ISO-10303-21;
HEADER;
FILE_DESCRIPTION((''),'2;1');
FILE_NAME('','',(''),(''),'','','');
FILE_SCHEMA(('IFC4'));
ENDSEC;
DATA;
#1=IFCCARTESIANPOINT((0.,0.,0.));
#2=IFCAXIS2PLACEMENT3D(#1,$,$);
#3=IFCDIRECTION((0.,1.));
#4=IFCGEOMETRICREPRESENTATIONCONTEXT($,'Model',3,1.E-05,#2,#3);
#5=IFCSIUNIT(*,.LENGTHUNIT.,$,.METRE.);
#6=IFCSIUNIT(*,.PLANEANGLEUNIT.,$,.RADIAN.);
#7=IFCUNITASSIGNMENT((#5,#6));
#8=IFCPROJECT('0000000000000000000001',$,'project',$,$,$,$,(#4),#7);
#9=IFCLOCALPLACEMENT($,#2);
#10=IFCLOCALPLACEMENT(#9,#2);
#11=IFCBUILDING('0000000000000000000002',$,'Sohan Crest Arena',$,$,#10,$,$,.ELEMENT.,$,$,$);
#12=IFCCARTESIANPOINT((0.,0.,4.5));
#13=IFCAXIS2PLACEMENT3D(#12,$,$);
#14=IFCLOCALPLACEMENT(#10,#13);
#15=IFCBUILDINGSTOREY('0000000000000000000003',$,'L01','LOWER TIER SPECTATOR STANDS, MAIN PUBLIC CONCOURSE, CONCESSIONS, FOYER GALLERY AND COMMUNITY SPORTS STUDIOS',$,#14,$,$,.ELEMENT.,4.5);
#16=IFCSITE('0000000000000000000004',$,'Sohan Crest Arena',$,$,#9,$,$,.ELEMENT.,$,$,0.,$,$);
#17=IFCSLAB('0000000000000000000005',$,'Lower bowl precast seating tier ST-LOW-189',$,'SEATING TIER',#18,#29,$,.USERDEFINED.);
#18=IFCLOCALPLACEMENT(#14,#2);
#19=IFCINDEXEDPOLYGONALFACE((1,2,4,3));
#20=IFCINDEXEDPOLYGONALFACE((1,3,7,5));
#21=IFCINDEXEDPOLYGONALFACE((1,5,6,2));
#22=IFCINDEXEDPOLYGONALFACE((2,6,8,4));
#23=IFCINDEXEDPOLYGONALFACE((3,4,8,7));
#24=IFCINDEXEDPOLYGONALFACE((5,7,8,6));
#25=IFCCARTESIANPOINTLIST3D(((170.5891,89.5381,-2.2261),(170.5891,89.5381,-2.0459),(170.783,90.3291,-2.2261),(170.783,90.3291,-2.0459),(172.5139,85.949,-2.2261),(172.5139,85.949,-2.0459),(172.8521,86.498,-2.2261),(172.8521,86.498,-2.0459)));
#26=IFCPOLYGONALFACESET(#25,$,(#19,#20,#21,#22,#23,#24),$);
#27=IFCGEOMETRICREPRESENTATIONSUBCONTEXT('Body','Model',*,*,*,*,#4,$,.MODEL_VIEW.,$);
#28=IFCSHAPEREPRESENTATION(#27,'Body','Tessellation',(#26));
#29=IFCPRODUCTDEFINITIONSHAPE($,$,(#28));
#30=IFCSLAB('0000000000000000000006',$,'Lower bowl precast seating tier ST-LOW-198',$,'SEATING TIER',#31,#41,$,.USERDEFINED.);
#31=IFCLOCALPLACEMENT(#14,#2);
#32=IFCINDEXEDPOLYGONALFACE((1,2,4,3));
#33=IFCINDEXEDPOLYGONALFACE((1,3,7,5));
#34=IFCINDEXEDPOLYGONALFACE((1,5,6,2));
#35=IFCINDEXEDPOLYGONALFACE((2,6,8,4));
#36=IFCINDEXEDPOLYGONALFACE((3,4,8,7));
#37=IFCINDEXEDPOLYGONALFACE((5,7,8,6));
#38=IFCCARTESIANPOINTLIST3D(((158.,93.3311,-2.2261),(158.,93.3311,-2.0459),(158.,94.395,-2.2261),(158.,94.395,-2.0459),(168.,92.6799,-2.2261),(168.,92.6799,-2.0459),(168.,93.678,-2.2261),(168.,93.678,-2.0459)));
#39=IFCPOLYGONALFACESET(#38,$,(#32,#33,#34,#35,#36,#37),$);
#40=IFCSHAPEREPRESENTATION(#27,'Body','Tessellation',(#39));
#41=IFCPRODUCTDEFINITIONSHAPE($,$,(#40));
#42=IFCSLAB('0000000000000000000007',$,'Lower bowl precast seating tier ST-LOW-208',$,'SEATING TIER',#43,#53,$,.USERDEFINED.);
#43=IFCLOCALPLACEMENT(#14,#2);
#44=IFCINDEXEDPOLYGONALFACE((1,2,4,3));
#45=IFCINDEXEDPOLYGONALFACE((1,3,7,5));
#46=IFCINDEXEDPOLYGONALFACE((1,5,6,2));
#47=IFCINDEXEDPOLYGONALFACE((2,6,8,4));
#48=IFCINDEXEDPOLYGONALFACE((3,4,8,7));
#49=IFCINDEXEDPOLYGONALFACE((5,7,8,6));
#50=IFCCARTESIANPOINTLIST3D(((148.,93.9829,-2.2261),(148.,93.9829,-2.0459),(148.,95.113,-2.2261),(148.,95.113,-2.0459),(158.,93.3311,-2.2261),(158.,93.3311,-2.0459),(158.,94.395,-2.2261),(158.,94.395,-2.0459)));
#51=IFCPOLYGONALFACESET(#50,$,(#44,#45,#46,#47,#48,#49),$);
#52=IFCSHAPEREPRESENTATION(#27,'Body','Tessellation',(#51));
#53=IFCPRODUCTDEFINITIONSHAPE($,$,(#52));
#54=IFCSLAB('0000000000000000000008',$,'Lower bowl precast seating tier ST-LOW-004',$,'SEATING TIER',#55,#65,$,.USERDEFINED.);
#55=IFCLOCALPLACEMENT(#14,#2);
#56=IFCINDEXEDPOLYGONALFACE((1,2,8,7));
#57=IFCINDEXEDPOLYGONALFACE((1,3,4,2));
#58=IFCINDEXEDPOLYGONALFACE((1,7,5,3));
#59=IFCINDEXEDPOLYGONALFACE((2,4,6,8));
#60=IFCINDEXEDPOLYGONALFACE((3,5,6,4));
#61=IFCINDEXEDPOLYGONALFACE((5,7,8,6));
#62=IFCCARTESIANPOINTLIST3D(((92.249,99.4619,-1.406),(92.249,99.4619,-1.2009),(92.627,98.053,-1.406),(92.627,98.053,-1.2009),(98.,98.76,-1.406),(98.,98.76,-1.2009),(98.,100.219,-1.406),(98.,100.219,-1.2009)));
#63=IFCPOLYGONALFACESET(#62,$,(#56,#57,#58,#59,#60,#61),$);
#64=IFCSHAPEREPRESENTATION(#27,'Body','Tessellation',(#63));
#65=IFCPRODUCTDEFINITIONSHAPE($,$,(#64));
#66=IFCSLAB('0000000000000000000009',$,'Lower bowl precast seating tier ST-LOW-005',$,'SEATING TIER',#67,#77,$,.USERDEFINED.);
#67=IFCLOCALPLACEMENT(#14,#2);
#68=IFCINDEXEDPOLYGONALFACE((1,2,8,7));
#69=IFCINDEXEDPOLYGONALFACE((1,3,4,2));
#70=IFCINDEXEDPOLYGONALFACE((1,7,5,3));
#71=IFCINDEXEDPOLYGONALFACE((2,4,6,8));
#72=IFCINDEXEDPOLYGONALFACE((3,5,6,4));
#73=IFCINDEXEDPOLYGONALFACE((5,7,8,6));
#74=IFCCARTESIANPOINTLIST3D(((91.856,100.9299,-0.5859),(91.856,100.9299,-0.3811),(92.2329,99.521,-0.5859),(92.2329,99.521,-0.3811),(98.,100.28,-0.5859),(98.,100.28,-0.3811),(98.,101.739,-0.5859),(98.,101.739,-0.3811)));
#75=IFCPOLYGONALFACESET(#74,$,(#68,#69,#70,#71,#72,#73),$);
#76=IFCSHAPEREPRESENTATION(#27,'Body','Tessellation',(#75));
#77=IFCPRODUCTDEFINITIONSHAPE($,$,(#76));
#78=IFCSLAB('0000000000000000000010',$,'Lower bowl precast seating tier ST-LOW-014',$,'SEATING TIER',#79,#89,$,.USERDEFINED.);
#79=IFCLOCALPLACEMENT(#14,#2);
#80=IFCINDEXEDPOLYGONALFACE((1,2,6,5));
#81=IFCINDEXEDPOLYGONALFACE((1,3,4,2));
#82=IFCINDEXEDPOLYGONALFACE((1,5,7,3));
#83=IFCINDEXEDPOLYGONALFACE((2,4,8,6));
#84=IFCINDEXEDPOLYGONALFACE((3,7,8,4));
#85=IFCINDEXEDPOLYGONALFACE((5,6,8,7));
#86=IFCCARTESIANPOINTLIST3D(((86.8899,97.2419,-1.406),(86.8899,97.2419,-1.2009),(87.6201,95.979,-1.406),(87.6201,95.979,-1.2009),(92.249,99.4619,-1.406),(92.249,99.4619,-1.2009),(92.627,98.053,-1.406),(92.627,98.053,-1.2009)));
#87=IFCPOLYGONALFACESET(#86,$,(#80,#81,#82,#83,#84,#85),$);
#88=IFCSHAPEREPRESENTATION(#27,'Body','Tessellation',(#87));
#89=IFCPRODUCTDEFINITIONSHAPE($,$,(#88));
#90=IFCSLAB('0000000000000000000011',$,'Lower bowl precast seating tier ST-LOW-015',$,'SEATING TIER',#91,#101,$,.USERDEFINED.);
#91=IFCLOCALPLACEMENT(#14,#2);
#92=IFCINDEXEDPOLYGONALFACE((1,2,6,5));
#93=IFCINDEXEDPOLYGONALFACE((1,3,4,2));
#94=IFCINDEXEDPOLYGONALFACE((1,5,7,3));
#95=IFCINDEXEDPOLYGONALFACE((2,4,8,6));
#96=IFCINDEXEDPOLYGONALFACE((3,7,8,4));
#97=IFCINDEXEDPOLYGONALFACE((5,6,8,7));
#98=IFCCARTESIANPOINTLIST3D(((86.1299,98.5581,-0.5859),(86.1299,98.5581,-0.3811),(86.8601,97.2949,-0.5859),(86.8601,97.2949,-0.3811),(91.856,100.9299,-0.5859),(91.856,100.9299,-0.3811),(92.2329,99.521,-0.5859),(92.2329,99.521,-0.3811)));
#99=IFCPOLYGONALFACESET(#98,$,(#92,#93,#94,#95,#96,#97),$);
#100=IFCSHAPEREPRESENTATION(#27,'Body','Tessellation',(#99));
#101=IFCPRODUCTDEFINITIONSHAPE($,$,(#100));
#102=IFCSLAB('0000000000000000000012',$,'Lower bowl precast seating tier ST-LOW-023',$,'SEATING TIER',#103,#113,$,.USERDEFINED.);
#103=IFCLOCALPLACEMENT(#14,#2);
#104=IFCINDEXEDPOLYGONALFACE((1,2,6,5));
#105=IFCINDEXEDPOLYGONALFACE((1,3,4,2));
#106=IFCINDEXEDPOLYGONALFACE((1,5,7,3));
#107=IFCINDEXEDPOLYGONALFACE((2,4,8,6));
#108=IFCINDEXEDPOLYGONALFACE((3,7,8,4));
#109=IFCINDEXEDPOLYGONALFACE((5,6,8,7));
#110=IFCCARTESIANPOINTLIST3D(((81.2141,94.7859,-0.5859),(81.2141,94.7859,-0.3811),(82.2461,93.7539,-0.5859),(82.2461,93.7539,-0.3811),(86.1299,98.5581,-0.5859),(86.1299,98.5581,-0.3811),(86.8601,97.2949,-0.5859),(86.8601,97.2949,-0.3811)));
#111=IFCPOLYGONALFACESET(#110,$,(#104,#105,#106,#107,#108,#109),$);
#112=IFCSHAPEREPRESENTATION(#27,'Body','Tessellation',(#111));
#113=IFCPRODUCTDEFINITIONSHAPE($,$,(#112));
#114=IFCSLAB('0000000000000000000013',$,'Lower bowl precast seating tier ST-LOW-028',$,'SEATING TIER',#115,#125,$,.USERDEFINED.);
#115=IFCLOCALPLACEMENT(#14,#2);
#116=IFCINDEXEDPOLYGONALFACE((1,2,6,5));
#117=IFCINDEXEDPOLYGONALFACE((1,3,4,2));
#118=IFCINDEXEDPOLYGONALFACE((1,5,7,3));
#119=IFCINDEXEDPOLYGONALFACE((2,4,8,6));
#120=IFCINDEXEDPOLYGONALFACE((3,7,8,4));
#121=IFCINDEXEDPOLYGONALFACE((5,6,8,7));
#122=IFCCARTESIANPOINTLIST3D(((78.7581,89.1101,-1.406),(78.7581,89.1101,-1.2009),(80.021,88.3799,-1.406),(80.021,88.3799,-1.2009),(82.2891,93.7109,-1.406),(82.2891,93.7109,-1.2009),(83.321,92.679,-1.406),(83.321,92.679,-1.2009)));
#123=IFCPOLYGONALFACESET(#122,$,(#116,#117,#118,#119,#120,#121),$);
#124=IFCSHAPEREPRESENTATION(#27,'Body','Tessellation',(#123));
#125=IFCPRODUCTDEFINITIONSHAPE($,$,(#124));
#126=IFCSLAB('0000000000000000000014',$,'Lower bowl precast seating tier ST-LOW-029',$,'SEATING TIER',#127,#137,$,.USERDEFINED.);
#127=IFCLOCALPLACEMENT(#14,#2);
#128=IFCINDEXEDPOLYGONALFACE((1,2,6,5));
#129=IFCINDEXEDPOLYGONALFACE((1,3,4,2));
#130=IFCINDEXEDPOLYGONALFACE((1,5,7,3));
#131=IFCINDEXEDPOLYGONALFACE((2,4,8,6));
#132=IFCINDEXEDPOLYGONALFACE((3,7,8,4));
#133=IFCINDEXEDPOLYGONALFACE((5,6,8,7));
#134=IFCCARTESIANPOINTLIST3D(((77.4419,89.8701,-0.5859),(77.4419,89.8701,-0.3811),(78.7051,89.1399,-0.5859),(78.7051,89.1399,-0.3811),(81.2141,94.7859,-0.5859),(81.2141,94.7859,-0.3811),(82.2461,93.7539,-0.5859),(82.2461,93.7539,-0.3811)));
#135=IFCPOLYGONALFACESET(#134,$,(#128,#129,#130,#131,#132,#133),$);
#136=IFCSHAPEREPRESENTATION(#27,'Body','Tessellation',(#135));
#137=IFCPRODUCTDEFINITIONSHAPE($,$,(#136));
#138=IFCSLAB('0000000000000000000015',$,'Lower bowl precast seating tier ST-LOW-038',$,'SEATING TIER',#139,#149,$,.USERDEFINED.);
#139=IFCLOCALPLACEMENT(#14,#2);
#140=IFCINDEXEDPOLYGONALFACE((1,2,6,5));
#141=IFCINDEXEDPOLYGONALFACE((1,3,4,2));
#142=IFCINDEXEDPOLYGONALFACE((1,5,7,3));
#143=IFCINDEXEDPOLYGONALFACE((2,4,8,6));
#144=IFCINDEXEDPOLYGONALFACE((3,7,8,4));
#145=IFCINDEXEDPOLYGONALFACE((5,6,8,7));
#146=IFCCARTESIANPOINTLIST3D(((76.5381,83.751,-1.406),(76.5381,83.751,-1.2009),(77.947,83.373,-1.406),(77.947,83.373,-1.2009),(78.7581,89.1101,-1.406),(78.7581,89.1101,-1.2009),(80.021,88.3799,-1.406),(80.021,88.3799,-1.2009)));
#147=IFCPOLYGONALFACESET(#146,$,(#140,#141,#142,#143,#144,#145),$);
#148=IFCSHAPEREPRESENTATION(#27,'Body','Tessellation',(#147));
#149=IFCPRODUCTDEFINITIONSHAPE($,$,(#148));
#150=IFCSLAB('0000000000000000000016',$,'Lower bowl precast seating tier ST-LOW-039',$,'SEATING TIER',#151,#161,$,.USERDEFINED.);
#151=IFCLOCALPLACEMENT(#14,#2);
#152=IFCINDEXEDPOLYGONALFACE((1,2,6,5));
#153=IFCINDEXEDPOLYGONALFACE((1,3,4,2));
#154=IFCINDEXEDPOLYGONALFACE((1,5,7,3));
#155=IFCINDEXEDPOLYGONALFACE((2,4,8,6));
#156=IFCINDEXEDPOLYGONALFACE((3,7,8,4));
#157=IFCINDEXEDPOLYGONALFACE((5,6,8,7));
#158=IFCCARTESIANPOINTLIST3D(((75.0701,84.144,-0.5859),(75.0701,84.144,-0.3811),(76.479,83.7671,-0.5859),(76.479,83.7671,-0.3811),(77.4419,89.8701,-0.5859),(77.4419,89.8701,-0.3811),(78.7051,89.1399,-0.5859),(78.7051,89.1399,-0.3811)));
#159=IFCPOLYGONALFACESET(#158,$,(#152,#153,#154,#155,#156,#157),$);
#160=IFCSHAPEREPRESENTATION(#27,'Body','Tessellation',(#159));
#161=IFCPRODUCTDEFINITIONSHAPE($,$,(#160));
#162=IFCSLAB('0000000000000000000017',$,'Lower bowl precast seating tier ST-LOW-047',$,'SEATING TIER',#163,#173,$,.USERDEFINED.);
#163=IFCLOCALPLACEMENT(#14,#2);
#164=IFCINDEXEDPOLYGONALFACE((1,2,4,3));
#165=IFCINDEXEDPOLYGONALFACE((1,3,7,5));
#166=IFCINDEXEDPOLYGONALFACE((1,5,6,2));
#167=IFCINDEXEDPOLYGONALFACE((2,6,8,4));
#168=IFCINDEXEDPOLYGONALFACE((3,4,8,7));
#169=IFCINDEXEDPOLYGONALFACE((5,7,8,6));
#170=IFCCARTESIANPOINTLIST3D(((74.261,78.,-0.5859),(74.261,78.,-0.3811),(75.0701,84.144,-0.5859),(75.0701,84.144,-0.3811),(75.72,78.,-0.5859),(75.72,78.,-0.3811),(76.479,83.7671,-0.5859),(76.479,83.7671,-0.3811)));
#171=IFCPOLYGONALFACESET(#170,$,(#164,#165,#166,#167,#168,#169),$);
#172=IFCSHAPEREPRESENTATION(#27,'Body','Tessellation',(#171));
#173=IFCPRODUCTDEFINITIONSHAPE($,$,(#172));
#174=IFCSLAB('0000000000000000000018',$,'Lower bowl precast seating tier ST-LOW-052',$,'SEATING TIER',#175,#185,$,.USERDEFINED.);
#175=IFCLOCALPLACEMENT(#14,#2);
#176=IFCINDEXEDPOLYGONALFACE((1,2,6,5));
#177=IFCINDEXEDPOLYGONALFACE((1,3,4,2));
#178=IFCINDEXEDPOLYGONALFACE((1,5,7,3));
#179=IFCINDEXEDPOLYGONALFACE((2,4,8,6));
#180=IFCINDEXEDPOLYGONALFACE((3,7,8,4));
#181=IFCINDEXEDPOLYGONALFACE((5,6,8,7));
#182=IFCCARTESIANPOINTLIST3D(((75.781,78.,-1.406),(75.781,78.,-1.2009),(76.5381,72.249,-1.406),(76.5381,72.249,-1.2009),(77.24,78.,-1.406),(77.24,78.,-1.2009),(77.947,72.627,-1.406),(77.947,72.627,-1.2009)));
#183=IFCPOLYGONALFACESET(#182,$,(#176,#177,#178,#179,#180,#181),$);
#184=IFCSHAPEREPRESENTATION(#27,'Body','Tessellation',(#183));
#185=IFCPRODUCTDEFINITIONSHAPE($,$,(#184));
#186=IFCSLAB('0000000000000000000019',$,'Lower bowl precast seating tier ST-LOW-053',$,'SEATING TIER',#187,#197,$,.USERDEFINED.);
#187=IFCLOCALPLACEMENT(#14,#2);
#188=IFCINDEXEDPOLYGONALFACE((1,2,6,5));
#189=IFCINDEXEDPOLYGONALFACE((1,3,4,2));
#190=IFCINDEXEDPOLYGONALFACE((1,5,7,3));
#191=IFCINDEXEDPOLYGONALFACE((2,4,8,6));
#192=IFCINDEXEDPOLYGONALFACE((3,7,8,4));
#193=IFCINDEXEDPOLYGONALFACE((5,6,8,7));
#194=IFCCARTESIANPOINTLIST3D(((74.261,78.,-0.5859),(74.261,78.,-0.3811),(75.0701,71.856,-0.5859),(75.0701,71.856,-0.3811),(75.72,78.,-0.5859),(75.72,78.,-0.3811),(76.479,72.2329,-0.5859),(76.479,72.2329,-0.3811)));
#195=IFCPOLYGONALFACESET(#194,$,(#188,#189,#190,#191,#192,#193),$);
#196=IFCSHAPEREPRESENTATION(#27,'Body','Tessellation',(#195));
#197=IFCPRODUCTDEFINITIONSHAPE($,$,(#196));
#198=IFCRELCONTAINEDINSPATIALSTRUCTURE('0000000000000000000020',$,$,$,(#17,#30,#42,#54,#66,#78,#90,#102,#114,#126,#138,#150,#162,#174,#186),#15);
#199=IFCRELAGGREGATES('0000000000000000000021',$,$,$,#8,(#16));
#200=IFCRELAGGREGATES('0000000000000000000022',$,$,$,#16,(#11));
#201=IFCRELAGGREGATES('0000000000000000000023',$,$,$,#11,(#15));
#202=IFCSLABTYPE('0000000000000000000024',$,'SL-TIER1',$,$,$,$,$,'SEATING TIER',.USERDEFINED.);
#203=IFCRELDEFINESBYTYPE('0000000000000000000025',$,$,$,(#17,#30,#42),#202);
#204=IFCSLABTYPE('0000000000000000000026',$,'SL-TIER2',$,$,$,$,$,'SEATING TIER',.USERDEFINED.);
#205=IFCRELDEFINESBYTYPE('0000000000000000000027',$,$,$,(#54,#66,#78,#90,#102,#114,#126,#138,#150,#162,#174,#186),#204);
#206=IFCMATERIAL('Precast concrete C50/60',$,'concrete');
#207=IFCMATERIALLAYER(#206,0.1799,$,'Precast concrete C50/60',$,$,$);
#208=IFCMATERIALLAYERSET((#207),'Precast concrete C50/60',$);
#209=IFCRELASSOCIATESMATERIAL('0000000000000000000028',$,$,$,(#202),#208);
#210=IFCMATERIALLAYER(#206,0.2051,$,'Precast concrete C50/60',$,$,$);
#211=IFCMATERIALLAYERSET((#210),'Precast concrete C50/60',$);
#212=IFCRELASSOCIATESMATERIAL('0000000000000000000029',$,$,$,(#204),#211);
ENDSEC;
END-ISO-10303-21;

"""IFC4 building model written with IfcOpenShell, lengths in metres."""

from ifc_helpers import new_model, si_unit, direction, frame, origin, place, context, subcontext, project, spatial, polyline, outline, extrude, material, layer, layer_set, type_object, element, save


model = new_model("IFC4")

# Units and contexts
model_context = context("Model", 3, precision=1e-05, world=origin(), true_north=direction((0.0, 1.0)))
body_context = subcontext(model_context, "Body", "Model", "MODEL_VIEW")
ifc_project = project(units=[si_unit("LENGTHUNIT", "METRE"), si_unit("PLANEANGLEUNIT", "RADIAN")], contexts=[model_context])

# Site, building, storey
site_placement = place(None, origin())
site = spatial("IfcSite", under=ifc_project, at=site_placement, Name="Sohan Crest Arena", CompositionType="ELEMENT", RefElevation=0.0)
building_placement = place(site_placement, origin())
building = spatial("IfcBuilding", under=site, at=building_placement, Name="Sohan Crest Arena", CompositionType="ELEMENT")
storey_placement = place(building_placement, frame((0.0, 0.0, 4.5)))
storey = spatial("IfcBuildingStorey", under=building, at=storey_placement, Name="L01", Description="LOWER TIER SPECTATOR STANDS, MAIN PUBLIC CONCOURSE, CONCESSIONS, FOYER GALLERY AND COMMUNITY SPORTS STUDIOS", CompositionType="ELEMENT", Elevation=4.5)

# Slabs
ifc_material = material(Name="Precast concrete C50/60", Category="concrete")
ifc_layer_1 = layer(ifc_material, 0.1799, Name="Precast concrete C50/60")
ifc_layer_set_1 = layer_set([ifc_layer_1], Name="Precast concrete C50/60")
slab_type_1 = type_object("IfcSlabType", Name="SL-TIER1", ElementType="SEATING TIER", PredefinedType="USERDEFINED", material=ifc_layer_set_1)
slab_1_placement = place(storey_placement, frame((0.0, 0.0, -2.2261)))
element("IfcSlab", 1, at=slab_1_placement, inside=storey, type_object=slab_type_1, Name="Lower bowl precast seating tier ST-LOW-189", ObjectType="SEATING TIER", PredefinedType="USERDEFINED", context=body_context, shape_type="SweptSolid", body=[
    extrude(outline(polyline([(172.5139, 85.949), (170.5891, 89.5381), (170.783, 90.3291), (172.8521, 86.498), (172.5139, 85.949)])), origin(), (0.0, 0.0, 1.0), 0.1802),
])
slab_2_placement = place(storey_placement, frame((0.0, 0.0, -2.2261)))
element("IfcSlab", 2, at=slab_2_placement, inside=storey, type_object=slab_type_1, Name="Lower bowl precast seating tier ST-LOW-198", ObjectType="SEATING TIER", PredefinedType="USERDEFINED", context=body_context, shape_type="SweptSolid", body=[
    extrude(outline(polyline([(168.0, 92.6799), (158.0, 93.3311), (158.0, 94.395), (168.0, 93.678), (168.0, 92.6799)])), origin(), (0.0, 0.0, 1.0), 0.1802),
])
slab_3_placement = place(storey_placement, frame((0.0, 0.0, -2.2261)))
element("IfcSlab", 3, at=slab_3_placement, inside=storey, type_object=slab_type_1, Name="Lower bowl precast seating tier ST-LOW-208", ObjectType="SEATING TIER", PredefinedType="USERDEFINED", context=body_context, shape_type="SweptSolid", body=[
    extrude(outline(polyline([(158.0, 93.3311), (148.0, 93.9829), (148.0, 95.113), (158.0, 94.395), (158.0, 93.3311)])), origin(), (0.0, 0.0, 1.0), 0.1802),
])
ifc_layer_2 = layer(ifc_material, 0.2051, Name="Precast concrete C50/60")
ifc_layer_set_2 = layer_set([ifc_layer_2], Name="Precast concrete C50/60")
slab_type_2 = type_object("IfcSlabType", Name="SL-TIER2", ElementType="SEATING TIER", PredefinedType="USERDEFINED", material=ifc_layer_set_2)
slab_4_placement = place(storey_placement, frame((0.0, 0.0, -1.406)))
element("IfcSlab", 4, at=slab_4_placement, inside=storey, type_object=slab_type_2, Name="Lower bowl precast seating tier ST-LOW-004", ObjectType="SEATING TIER", PredefinedType="USERDEFINED", context=body_context, shape_type="SweptSolid", body=[
    extrude(outline(polyline([(98.0, 98.76), (92.627, 98.053), (92.249, 99.4619), (98.0, 100.219), (98.0, 98.76)])), origin(), (0.0, 0.0, 1.0), 0.2051),
])
slab_5_placement = place(storey_placement, frame((0.0, 0.0, -0.5859)))
element("IfcSlab", 5, at=slab_5_placement, inside=storey, type_object=slab_type_2, Name="Lower bowl precast seating tier ST-LOW-005", ObjectType="SEATING TIER", PredefinedType="USERDEFINED", context=body_context, shape_type="SweptSolid", body=[
    extrude(outline(polyline([(98.0, 100.28), (92.2329, 99.521), (91.856, 100.9299), (98.0, 101.739), (98.0, 100.28)])), origin(), (0.0, 0.0, 1.0), 0.2048),
])
slab_6_placement = place(storey_placement, frame((0.0, 0.0, -1.406)))
element("IfcSlab", 6, at=slab_6_placement, inside=storey, type_object=slab_type_2, Name="Lower bowl precast seating tier ST-LOW-014", ObjectType="SEATING TIER", PredefinedType="USERDEFINED", context=body_context, shape_type="SweptSolid", body=[
    extrude(outline(polyline([(92.627, 98.053), (87.6201, 95.979), (86.8899, 97.2419), (92.249, 99.4619), (92.627, 98.053)])), origin(), (0.0, 0.0, 1.0), 0.2051),
])
slab_7_placement = place(storey_placement, frame((0.0, 0.0, -0.5859)))
element("IfcSlab", 7, at=slab_7_placement, inside=storey, type_object=slab_type_2, Name="Lower bowl precast seating tier ST-LOW-015", ObjectType="SEATING TIER", PredefinedType="USERDEFINED", context=body_context, shape_type="SweptSolid", body=[
    extrude(outline(polyline([(92.2329, 99.521), (86.8601, 97.2949), (86.1299, 98.5581), (91.856, 100.9299), (92.2329, 99.521)])), origin(), (0.0, 0.0, 1.0), 0.2048),
])
slab_8_placement = place(storey_placement, frame((0.0, 0.0, -0.5859)))
element("IfcSlab", 8, at=slab_8_placement, inside=storey, type_object=slab_type_2, Name="Lower bowl precast seating tier ST-LOW-023", ObjectType="SEATING TIER", PredefinedType="USERDEFINED", context=body_context, shape_type="SweptSolid", body=[
    extrude(outline(polyline([(86.8601, 97.2949), (82.2461, 93.7539), (81.2141, 94.7859), (86.1299, 98.5581), (86.8601, 97.2949)])), origin(), (0.0, 0.0, 1.0), 0.2048),
])
slab_9_placement = place(storey_placement, frame((0.0, 0.0, -1.406)))
element("IfcSlab", 9, at=slab_9_placement, inside=storey, type_object=slab_type_2, Name="Lower bowl precast seating tier ST-LOW-028", ObjectType="SEATING TIER", PredefinedType="USERDEFINED", context=body_context, shape_type="SweptSolid", body=[
    extrude(outline(polyline([(83.321, 92.679), (80.021, 88.3799), (78.7581, 89.1101), (82.2891, 93.7109), (83.321, 92.679)])), origin(), (0.0, 0.0, 1.0), 0.2051),
])
slab_10_placement = place(storey_placement, frame((0.0, 0.0, -0.5859)))
element("IfcSlab", 10, at=slab_10_placement, inside=storey, type_object=slab_type_2, Name="Lower bowl precast seating tier ST-LOW-029", ObjectType="SEATING TIER", PredefinedType="USERDEFINED", context=body_context, shape_type="SweptSolid", body=[
    extrude(outline(polyline([(82.2461, 93.7539), (78.7051, 89.1399), (77.4419, 89.8701), (81.2141, 94.7859), (82.2461, 93.7539)])), origin(), (0.0, 0.0, 1.0), 0.2048),
])
slab_11_placement = place(storey_placement, frame((0.0, 0.0, -1.406)))
element("IfcSlab", 11, at=slab_11_placement, inside=storey, type_object=slab_type_2, Name="Lower bowl precast seating tier ST-LOW-038", ObjectType="SEATING TIER", PredefinedType="USERDEFINED", context=body_context, shape_type="SweptSolid", body=[
    extrude(outline(polyline([(80.021, 88.3799), (77.947, 83.373), (76.5381, 83.751), (78.7581, 89.1101), (80.021, 88.3799)])), origin(), (0.0, 0.0, 1.0), 0.2051),
])
slab_12_placement = place(storey_placement, frame((0.0, 0.0, -0.5859)))
element("IfcSlab", 12, at=slab_12_placement, inside=storey, type_object=slab_type_2, Name="Lower bowl precast seating tier ST-LOW-039", ObjectType="SEATING TIER", PredefinedType="USERDEFINED", context=body_context, shape_type="SweptSolid", body=[
    extrude(outline(polyline([(78.7051, 89.1399), (76.479, 83.7671), (75.0701, 84.144), (77.4419, 89.8701), (78.7051, 89.1399)])), origin(), (0.0, 0.0, 1.0), 0.2048),
])
slab_13_placement = place(storey_placement, frame((0.0, 0.0, -0.5859)))
element("IfcSlab", 13, at=slab_13_placement, inside=storey, type_object=slab_type_2, Name="Lower bowl precast seating tier ST-LOW-047", ObjectType="SEATING TIER", PredefinedType="USERDEFINED", context=body_context, shape_type="SweptSolid", body=[
    extrude(outline(polyline([(76.479, 83.7671), (75.72, 78.0), (74.261, 78.0), (75.0701, 84.144), (76.479, 83.7671)])), origin(), (0.0, 0.0, 1.0), 0.2048),
])
slab_14_placement = place(storey_placement, frame((0.0, 0.0, -1.406)))
element("IfcSlab", 14, at=slab_14_placement, inside=storey, type_object=slab_type_2, Name="Lower bowl precast seating tier ST-LOW-052", ObjectType="SEATING TIER", PredefinedType="USERDEFINED", context=body_context, shape_type="SweptSolid", body=[
    extrude(outline(polyline([(77.24, 78.0), (77.947, 72.627), (76.5381, 72.249), (75.781, 78.0), (77.24, 78.0)])), origin(), (0.0, 0.0, 1.0), 0.2051),
])
slab_15_placement = place(storey_placement, frame((0.0, 0.0, -0.5859)))
element("IfcSlab", 15, at=slab_15_placement, inside=storey, type_object=slab_type_2, Name="Lower bowl precast seating tier ST-LOW-053", ObjectType="SEATING TIER", PredefinedType="USERDEFINED", context=body_context, shape_type="SweptSolid", body=[
    extrude(outline(polyline([(75.72, 78.0), (76.479, 72.2329), (75.0701, 71.856), (74.261, 78.0), (75.72, 78.0)])), origin(), (0.0, 0.0, 1.0), 0.2048),
])

save(model, "model.ifc")
